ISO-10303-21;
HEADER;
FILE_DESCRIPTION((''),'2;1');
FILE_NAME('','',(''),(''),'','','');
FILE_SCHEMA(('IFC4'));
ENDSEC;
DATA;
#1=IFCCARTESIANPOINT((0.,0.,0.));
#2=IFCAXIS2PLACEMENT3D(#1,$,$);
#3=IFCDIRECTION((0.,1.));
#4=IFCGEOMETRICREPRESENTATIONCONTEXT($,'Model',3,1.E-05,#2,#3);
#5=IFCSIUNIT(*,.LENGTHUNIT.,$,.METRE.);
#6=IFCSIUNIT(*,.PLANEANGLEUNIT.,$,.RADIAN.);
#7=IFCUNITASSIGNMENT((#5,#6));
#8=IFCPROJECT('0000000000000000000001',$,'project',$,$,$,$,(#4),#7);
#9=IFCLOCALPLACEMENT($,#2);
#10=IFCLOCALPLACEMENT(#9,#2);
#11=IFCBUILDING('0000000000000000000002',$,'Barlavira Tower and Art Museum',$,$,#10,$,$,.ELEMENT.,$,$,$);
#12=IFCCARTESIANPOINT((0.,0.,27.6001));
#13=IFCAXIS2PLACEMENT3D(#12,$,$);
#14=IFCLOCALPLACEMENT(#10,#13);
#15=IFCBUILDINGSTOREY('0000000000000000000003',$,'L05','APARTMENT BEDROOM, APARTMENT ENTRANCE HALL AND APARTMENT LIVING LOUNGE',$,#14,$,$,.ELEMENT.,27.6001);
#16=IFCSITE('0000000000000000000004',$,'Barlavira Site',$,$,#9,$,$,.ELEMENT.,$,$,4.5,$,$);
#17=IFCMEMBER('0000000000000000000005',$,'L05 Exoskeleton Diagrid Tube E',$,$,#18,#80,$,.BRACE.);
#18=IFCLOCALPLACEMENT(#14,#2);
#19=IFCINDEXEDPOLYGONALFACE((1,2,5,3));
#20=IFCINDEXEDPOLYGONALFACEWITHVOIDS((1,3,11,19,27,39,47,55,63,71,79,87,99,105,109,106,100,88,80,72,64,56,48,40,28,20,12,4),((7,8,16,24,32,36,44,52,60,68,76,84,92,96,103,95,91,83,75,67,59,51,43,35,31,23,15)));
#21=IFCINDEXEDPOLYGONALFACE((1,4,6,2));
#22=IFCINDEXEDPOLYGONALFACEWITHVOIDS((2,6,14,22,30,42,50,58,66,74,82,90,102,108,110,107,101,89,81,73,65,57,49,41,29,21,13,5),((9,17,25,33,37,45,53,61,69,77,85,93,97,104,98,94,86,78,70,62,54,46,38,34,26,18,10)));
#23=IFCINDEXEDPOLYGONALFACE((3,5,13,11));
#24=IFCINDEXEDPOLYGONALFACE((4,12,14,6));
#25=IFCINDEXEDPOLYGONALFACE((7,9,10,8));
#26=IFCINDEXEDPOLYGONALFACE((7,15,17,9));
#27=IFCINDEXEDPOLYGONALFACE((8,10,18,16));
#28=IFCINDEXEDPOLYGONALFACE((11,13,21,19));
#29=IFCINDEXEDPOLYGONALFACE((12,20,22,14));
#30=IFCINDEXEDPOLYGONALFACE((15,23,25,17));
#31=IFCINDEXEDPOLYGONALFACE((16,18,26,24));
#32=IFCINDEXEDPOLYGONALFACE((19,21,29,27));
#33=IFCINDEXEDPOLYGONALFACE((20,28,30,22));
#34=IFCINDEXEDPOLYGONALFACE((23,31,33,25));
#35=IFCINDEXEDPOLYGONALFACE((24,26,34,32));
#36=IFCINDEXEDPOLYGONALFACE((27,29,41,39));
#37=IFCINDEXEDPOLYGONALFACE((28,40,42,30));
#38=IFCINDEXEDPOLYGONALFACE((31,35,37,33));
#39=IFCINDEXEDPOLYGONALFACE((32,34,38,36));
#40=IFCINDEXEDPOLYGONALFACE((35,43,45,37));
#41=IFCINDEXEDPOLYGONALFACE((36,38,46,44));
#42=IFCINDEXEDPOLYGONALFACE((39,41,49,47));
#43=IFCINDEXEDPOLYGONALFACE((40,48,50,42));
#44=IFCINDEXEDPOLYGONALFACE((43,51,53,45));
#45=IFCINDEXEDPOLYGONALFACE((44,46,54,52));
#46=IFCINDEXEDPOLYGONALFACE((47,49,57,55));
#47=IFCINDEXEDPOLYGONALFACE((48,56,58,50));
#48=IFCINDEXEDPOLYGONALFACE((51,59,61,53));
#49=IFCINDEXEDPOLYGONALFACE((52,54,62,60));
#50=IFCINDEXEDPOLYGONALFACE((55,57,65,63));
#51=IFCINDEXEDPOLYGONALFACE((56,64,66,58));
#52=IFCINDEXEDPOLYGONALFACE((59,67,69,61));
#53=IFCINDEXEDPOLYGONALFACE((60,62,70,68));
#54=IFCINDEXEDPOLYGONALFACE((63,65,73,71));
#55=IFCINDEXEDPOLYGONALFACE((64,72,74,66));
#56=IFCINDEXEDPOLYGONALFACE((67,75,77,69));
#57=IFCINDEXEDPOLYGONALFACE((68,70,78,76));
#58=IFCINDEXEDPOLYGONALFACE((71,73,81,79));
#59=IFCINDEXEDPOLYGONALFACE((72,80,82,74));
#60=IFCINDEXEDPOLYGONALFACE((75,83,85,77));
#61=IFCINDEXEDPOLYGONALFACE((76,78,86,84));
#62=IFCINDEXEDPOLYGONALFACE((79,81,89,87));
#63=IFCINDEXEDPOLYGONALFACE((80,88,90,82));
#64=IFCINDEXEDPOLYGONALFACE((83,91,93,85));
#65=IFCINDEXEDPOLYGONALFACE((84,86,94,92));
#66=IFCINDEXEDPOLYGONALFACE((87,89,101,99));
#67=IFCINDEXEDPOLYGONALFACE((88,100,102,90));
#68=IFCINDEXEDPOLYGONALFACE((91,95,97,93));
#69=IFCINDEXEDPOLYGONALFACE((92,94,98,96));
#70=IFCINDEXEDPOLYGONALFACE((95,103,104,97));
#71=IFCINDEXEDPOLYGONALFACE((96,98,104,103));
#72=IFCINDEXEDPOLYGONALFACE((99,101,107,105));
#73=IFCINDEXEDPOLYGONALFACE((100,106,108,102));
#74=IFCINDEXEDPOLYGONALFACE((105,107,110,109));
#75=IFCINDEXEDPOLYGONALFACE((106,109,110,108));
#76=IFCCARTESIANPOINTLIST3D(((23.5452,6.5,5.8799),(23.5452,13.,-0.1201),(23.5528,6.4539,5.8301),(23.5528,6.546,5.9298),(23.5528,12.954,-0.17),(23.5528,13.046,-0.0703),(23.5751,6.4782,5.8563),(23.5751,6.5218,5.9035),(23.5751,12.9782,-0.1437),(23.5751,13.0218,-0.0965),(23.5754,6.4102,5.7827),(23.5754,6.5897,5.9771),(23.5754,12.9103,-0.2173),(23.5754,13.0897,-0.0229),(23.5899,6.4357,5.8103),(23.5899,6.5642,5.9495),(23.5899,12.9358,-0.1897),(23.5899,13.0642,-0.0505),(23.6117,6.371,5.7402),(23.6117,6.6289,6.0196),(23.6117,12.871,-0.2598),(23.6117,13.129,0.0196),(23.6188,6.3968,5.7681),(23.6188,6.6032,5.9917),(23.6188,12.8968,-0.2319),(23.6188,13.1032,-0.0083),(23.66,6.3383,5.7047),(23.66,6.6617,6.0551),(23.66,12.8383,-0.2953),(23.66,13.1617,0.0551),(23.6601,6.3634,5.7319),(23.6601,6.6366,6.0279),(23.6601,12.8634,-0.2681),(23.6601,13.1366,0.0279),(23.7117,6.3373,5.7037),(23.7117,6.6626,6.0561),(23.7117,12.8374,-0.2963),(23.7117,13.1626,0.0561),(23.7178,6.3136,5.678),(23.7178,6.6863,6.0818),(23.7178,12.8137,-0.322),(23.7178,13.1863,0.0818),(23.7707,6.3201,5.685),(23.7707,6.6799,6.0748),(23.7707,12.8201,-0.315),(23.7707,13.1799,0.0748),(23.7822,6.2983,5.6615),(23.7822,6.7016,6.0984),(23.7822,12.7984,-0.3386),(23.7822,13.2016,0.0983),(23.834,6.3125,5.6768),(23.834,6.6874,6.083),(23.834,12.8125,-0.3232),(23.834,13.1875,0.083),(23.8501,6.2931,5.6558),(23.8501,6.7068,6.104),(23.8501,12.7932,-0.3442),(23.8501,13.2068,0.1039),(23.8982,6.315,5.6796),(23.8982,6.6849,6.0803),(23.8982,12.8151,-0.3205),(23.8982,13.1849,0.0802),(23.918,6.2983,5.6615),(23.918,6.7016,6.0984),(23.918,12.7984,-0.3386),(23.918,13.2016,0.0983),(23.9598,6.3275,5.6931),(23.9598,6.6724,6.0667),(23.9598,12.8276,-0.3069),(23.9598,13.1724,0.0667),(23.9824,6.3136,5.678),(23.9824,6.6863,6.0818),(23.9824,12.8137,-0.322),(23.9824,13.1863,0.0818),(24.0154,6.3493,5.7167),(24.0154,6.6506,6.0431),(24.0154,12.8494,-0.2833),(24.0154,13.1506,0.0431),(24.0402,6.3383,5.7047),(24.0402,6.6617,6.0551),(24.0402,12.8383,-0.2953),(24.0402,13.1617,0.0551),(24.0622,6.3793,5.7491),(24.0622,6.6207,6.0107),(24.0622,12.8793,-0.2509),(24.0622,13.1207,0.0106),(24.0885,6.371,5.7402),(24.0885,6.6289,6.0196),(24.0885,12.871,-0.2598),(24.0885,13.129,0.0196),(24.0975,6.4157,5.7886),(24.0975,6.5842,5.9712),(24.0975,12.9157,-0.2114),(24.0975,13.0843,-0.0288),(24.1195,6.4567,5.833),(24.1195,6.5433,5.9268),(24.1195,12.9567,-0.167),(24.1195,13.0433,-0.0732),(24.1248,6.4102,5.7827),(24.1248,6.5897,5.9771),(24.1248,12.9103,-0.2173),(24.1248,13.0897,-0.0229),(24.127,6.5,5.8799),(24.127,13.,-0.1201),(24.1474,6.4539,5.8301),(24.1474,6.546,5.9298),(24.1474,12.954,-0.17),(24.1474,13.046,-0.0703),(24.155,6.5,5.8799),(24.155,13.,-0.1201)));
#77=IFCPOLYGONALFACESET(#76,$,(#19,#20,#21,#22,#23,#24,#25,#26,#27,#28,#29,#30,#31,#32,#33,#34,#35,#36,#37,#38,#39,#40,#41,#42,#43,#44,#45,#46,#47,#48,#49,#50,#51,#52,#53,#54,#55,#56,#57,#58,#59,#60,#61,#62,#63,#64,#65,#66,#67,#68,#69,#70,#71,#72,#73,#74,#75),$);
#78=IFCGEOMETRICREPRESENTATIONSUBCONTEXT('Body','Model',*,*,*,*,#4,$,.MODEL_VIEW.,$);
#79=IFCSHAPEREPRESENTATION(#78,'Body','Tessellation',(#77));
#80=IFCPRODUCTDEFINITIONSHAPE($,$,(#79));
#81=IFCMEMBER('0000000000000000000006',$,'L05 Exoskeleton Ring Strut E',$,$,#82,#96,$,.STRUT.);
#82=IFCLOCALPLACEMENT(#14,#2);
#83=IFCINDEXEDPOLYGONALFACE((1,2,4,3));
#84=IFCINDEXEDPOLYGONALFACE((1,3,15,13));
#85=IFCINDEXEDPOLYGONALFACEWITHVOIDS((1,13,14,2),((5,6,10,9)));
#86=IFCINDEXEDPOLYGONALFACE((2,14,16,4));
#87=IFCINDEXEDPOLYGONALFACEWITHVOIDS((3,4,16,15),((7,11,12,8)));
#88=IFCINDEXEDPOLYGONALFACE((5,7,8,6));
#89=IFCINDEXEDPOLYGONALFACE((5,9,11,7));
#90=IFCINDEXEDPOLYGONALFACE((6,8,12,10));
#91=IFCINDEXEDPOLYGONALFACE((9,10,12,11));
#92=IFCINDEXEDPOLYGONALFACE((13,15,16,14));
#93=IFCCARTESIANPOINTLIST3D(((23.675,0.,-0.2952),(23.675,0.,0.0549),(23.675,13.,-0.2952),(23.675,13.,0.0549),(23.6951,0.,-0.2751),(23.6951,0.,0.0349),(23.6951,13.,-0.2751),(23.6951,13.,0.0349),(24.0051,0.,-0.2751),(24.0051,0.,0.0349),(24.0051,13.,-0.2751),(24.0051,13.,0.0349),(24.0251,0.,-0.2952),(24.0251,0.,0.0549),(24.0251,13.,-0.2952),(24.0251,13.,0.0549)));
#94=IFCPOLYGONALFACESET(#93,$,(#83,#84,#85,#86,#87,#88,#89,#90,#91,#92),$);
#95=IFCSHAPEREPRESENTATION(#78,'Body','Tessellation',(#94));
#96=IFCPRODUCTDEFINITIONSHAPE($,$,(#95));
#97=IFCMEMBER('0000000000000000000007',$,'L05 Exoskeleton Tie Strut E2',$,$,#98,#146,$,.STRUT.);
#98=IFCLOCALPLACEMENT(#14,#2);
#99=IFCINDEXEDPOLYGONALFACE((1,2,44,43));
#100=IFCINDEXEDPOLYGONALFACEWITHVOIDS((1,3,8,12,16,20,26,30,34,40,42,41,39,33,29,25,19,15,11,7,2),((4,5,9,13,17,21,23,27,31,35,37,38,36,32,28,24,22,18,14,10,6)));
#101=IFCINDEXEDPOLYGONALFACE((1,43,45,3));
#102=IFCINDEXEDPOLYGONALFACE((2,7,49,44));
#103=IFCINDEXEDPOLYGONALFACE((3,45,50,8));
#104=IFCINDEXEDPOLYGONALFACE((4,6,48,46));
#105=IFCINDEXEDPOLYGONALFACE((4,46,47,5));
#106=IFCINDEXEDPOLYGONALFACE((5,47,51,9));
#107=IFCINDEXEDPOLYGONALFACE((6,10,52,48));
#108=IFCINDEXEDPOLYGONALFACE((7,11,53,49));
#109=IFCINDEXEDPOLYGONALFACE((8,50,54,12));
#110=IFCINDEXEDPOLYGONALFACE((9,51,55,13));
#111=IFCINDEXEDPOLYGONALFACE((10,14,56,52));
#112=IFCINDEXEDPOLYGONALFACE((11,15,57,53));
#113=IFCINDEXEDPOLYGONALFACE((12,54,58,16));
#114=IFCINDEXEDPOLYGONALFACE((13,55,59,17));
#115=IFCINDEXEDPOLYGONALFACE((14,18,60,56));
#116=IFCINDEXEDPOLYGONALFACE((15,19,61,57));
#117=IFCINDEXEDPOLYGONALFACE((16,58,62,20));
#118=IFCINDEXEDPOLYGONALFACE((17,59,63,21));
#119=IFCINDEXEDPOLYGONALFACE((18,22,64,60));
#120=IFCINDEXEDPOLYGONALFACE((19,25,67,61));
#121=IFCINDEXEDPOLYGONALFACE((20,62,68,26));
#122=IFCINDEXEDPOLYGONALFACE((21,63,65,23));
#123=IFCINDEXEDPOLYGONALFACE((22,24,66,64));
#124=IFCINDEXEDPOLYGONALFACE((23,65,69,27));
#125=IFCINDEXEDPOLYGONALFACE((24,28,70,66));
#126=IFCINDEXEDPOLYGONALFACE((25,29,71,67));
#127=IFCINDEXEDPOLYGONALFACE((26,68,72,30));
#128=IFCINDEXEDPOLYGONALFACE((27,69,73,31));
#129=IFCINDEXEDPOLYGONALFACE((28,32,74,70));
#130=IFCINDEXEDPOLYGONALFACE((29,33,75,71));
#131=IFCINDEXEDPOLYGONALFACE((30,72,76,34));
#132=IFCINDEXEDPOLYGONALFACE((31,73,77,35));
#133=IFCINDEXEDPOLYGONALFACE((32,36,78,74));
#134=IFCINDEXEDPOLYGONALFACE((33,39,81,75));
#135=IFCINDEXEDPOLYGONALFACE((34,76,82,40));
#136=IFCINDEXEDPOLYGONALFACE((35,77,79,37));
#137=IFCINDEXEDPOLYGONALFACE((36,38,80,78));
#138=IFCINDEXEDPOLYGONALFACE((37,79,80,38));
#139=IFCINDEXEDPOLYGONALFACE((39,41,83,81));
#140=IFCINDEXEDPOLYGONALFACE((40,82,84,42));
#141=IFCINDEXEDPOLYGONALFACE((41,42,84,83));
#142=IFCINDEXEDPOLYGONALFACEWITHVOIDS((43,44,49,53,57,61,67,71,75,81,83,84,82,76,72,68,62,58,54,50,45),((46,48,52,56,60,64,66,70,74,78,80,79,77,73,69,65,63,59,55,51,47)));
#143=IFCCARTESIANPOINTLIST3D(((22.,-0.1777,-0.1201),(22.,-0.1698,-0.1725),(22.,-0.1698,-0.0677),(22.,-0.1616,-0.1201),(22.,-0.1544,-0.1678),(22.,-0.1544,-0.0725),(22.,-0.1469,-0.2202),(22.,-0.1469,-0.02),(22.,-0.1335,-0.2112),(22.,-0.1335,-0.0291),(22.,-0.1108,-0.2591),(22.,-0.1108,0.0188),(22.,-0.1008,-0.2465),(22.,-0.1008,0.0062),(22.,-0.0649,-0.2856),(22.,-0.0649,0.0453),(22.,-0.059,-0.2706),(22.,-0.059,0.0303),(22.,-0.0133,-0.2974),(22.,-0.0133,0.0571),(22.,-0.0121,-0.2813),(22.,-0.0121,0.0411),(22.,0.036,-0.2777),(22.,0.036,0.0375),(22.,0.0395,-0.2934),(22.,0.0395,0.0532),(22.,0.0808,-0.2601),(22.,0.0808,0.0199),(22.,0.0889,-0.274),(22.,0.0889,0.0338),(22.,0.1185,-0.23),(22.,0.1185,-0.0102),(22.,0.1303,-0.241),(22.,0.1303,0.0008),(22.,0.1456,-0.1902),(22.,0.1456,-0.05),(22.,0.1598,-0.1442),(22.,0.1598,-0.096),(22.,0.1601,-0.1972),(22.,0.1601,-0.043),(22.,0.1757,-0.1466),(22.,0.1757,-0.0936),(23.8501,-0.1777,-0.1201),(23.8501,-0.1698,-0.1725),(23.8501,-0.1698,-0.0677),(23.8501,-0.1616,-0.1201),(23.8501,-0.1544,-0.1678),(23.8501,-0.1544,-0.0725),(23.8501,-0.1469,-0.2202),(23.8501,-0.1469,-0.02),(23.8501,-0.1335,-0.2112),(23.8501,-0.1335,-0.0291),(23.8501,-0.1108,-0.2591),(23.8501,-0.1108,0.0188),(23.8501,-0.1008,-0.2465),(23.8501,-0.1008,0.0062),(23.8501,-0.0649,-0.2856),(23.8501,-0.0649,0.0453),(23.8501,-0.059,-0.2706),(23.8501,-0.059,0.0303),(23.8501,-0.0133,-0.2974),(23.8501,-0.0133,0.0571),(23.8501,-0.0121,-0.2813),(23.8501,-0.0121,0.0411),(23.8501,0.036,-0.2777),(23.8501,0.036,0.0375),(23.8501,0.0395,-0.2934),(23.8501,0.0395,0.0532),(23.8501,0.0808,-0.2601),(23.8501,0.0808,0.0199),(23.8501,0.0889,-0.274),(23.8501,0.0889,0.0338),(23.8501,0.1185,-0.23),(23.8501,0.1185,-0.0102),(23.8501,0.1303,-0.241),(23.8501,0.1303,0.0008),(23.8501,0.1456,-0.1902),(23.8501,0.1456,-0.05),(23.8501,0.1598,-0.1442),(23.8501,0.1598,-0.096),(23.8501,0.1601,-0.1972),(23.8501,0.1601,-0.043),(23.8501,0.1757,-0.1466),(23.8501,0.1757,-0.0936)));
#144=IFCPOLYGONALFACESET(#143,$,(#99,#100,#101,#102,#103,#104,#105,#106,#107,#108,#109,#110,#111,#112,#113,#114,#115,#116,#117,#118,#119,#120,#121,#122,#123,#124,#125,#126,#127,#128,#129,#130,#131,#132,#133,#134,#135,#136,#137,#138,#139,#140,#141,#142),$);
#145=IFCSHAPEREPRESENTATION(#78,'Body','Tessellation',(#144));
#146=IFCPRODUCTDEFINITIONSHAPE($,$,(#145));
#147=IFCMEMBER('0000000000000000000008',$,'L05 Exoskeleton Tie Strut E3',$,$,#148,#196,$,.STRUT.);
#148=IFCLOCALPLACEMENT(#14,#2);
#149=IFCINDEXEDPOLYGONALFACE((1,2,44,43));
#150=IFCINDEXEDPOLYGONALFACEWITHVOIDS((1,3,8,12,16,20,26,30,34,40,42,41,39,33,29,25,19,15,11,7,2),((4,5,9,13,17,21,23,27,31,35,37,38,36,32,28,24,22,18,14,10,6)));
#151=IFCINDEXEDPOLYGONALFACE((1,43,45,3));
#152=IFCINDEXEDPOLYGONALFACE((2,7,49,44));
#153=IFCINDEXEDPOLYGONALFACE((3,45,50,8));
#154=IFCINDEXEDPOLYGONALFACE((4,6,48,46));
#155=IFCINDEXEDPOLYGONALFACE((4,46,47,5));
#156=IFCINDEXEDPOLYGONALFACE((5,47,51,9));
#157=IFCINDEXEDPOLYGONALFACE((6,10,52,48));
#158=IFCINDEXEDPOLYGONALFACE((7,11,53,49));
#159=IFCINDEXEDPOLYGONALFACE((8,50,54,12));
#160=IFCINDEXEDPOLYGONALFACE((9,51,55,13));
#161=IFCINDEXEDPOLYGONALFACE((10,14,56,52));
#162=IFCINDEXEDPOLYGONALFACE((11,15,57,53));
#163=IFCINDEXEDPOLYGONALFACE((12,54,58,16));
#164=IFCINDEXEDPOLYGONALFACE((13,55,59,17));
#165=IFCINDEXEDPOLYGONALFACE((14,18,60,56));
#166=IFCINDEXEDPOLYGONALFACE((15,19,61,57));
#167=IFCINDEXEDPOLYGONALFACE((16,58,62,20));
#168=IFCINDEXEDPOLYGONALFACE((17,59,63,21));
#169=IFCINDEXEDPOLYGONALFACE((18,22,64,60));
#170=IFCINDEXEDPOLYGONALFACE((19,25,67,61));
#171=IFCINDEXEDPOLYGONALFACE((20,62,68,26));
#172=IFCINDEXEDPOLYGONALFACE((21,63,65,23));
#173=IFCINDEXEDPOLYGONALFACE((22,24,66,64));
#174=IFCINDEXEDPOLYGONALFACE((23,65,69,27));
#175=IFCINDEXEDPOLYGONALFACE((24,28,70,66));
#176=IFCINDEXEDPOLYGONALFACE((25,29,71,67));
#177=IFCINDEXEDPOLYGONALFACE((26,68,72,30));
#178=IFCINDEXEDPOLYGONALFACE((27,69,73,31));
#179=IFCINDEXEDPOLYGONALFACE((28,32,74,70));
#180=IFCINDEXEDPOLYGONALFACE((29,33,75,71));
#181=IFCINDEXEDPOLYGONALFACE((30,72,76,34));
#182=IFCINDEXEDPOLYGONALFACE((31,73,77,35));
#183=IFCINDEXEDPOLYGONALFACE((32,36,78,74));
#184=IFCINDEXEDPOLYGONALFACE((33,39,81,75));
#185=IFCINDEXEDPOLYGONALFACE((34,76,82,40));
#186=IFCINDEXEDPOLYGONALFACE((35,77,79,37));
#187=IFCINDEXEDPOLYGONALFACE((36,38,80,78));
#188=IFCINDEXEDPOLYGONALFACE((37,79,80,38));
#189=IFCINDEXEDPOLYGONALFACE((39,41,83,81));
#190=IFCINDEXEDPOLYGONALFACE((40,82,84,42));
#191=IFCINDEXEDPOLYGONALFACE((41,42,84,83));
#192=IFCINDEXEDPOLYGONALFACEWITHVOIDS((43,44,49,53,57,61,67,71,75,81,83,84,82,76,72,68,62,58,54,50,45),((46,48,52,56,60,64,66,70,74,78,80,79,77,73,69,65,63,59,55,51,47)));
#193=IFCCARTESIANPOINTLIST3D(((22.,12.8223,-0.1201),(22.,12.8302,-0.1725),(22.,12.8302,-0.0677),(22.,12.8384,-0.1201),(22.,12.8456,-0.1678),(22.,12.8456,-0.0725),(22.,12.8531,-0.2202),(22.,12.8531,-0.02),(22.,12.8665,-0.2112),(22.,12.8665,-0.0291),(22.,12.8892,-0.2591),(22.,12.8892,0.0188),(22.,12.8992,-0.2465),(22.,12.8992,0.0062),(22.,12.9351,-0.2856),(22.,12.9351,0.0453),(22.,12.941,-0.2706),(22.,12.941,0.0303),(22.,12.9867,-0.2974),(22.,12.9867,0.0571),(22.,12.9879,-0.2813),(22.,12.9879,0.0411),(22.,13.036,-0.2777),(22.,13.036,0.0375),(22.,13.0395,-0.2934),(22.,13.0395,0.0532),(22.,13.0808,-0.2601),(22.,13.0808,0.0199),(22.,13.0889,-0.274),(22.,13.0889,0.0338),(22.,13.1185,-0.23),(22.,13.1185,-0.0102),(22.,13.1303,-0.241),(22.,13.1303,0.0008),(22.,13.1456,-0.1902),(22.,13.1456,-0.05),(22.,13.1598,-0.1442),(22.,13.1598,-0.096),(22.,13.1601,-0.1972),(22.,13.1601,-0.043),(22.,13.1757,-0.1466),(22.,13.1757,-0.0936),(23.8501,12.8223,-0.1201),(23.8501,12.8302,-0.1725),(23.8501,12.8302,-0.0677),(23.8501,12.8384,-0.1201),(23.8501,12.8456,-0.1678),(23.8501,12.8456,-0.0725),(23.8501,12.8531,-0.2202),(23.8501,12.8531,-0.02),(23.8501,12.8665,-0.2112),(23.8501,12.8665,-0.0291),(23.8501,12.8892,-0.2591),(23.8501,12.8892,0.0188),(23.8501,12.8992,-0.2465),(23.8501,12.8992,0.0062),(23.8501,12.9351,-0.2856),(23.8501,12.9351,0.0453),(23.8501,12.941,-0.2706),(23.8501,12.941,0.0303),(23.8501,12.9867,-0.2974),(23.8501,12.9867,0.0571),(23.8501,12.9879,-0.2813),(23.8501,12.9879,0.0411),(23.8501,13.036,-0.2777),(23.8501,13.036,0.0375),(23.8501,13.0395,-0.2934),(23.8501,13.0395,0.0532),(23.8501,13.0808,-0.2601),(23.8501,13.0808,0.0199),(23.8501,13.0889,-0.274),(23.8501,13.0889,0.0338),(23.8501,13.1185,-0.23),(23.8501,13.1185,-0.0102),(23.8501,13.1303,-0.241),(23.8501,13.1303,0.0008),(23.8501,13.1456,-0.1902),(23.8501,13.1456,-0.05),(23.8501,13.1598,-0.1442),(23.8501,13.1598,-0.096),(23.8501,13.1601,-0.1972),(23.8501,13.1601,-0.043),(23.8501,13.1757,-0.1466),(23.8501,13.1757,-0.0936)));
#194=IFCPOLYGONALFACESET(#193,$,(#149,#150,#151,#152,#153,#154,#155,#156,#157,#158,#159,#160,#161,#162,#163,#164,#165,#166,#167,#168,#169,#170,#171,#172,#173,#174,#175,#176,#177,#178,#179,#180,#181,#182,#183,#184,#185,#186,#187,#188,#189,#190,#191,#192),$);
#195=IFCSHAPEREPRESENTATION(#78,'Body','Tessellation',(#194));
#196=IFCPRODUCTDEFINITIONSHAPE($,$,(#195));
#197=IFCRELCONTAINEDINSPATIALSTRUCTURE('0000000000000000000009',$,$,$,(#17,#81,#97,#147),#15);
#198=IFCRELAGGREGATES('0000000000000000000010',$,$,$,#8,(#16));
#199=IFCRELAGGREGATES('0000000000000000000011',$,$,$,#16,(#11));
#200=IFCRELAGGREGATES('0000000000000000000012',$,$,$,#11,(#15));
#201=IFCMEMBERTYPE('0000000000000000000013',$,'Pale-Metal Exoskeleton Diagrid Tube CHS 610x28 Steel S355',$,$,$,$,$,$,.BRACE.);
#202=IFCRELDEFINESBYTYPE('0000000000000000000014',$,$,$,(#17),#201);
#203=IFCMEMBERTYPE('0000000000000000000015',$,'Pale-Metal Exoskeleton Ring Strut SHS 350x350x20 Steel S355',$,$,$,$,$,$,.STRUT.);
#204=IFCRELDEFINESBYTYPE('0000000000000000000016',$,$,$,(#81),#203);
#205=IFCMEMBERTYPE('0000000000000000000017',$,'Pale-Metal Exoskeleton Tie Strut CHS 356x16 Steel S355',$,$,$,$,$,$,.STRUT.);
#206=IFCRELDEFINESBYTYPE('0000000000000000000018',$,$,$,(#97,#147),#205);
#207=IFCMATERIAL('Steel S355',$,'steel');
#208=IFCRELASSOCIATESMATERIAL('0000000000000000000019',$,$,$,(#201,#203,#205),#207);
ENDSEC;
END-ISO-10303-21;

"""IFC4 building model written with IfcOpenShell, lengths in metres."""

from ifc_helpers import new_model, si_unit, direction, frame, origin, origin_2d, place, context, subcontext, project, spatial, hollow_rectangle, hollow_circle, extrude, material, material_profile, profile_set, type_object, element, save


model = new_model("IFC4")

# Units and contexts
model_context = context("Model", 3, precision=1e-05, world=origin(), true_north=direction((0.0, 1.0)))
body_context = subcontext(model_context, "Body", "Model", "MODEL_VIEW")
ifc_project = project(units=[si_unit("LENGTHUNIT", "METRE"), si_unit("PLANEANGLEUNIT", "RADIAN")], contexts=[model_context])

# Site, building, storey
site_placement = place(None, origin())
site = spatial("IfcSite", under=ifc_project, at=site_placement, Name="Barlavira Site", CompositionType="ELEMENT", RefElevation=4.5)
building_placement = place(site_placement, origin())
building = spatial("IfcBuilding", under=site, at=building_placement, Name="Barlavira Tower and Art Museum", CompositionType="ELEMENT")
storey_placement = place(building_placement, frame((0.0, 0.0, 27.6001)))
storey = spatial("IfcBuildingStorey", under=building, at=storey_placement, Name="L05", Description="APARTMENT BEDROOM, APARTMENT ENTRANCE HALL AND APARTMENT LIVING LOUNGE", CompositionType="ELEMENT", Elevation=27.6001)

# Shared definitions
ifc_material_1 = material(Name="Steel S355", Category="steel")

# Members
ifc_material_profile_1 = material_profile(ifc_material_1, hollow_circle(Radius=0.3049, WallThickness=0.0281, at=origin_2d()), Name="CHS 610.0x28.0")
ifc_profile_set_1 = profile_set([ifc_material_profile_1], Name="Steel S355")
member_type_1 = type_object("IfcMemberType", Name="Pale-Metal Exoskeleton Diagrid Tube CHS 610x28 Steel S355", PredefinedType="BRACE", material=ifc_profile_set_1)
for number, where, z_axis, x_axis, name in (
    (1, (23.8501, 13.0, -0.1201), (0.0, -0.734803, 0.67828), (1.0, 0.0, 0.0), "L05 Exoskeleton Diagrid Tube E"),
):
    element("IfcMember", number, at=place(storey_placement, frame(where, z_axis=z_axis, x_axis=x_axis)), inside=storey, type_object=member_type_1, Name=name, PredefinedType="BRACE", context=body_context, shape_type="SweptSolid", body=[
        extrude(hollow_circle(Radius=0.3049, WallThickness=0.0281, at=origin_2d()), origin(), (0.0, 0.0, 1.0), 8.8459),
    ])
ifc_material_profile_2 = material_profile(ifc_material_1, hollow_rectangle(XDim=0.3501, YDim=0.3501, WallThickness=0.02, at=origin_2d()), Name="SHS 350x350x20.0")
ifc_profile_set_2 = profile_set([ifc_material_profile_2], Name="Steel S355")
member_type_2 = type_object("IfcMemberType", Name="Pale-Metal Exoskeleton Ring Strut SHS 350x350x20 Steel S355", PredefinedType="STRUT", material=ifc_profile_set_2)
member_placement = place(storey_placement, frame((23.8501, 0.0, -0.1201), z_axis=(0.0, 1.0, 0.0), x_axis=(-1.0, 0.0, 0.0)))
element("IfcMember", 2, at=member_placement, inside=storey, type_object=member_type_2, Name="L05 Exoskeleton Ring Strut E", PredefinedType="STRUT", context=body_context, shape_type="SweptSolid", body=[
    extrude(hollow_rectangle(XDim=0.3501, YDim=0.3501, WallThickness=0.02, at=origin_2d()), origin(), (0.0, 0.0, 1.0), 13.0),
])
ifc_material_profile_3 = material_profile(ifc_material_1, hollow_circle(Radius=0.1777, WallThickness=0.0161, at=origin_2d()), Name="CHS 355.6x16.0")
ifc_profile_set_3 = profile_set([ifc_material_profile_3], Name="Steel S355")
member_type_3 = type_object("IfcMemberType", Name="Pale-Metal Exoskeleton Tie Strut CHS 356x16 Steel S355", PredefinedType="STRUT", material=ifc_profile_set_3)
for number, where, z_axis, x_axis, name in (
    (3, (23.8501, 0.0, -0.1201), (-1.0, 0.0, 0.0), (0.0, -1.0, 0.0), "L05 Exoskeleton Tie Strut E2"),
    (4, (23.8501, 13.0, -0.1201), (-1.0, 0.0, 0.0), (0.0, -1.0, 0.0), "L05 Exoskeleton Tie Strut E3"),
):
    element("IfcMember", number, at=place(storey_placement, frame(where, z_axis=z_axis, x_axis=x_axis)), inside=storey, type_object=member_type_3, Name=name, PredefinedType="STRUT", context=body_context, shape_type="SweptSolid", body=[
        extrude(hollow_circle(Radius=0.1777, WallThickness=0.0161, at=origin_2d()), origin(), (0.0, 0.0, 1.0), 1.8501),
    ])

save(model, "model.ifc")
